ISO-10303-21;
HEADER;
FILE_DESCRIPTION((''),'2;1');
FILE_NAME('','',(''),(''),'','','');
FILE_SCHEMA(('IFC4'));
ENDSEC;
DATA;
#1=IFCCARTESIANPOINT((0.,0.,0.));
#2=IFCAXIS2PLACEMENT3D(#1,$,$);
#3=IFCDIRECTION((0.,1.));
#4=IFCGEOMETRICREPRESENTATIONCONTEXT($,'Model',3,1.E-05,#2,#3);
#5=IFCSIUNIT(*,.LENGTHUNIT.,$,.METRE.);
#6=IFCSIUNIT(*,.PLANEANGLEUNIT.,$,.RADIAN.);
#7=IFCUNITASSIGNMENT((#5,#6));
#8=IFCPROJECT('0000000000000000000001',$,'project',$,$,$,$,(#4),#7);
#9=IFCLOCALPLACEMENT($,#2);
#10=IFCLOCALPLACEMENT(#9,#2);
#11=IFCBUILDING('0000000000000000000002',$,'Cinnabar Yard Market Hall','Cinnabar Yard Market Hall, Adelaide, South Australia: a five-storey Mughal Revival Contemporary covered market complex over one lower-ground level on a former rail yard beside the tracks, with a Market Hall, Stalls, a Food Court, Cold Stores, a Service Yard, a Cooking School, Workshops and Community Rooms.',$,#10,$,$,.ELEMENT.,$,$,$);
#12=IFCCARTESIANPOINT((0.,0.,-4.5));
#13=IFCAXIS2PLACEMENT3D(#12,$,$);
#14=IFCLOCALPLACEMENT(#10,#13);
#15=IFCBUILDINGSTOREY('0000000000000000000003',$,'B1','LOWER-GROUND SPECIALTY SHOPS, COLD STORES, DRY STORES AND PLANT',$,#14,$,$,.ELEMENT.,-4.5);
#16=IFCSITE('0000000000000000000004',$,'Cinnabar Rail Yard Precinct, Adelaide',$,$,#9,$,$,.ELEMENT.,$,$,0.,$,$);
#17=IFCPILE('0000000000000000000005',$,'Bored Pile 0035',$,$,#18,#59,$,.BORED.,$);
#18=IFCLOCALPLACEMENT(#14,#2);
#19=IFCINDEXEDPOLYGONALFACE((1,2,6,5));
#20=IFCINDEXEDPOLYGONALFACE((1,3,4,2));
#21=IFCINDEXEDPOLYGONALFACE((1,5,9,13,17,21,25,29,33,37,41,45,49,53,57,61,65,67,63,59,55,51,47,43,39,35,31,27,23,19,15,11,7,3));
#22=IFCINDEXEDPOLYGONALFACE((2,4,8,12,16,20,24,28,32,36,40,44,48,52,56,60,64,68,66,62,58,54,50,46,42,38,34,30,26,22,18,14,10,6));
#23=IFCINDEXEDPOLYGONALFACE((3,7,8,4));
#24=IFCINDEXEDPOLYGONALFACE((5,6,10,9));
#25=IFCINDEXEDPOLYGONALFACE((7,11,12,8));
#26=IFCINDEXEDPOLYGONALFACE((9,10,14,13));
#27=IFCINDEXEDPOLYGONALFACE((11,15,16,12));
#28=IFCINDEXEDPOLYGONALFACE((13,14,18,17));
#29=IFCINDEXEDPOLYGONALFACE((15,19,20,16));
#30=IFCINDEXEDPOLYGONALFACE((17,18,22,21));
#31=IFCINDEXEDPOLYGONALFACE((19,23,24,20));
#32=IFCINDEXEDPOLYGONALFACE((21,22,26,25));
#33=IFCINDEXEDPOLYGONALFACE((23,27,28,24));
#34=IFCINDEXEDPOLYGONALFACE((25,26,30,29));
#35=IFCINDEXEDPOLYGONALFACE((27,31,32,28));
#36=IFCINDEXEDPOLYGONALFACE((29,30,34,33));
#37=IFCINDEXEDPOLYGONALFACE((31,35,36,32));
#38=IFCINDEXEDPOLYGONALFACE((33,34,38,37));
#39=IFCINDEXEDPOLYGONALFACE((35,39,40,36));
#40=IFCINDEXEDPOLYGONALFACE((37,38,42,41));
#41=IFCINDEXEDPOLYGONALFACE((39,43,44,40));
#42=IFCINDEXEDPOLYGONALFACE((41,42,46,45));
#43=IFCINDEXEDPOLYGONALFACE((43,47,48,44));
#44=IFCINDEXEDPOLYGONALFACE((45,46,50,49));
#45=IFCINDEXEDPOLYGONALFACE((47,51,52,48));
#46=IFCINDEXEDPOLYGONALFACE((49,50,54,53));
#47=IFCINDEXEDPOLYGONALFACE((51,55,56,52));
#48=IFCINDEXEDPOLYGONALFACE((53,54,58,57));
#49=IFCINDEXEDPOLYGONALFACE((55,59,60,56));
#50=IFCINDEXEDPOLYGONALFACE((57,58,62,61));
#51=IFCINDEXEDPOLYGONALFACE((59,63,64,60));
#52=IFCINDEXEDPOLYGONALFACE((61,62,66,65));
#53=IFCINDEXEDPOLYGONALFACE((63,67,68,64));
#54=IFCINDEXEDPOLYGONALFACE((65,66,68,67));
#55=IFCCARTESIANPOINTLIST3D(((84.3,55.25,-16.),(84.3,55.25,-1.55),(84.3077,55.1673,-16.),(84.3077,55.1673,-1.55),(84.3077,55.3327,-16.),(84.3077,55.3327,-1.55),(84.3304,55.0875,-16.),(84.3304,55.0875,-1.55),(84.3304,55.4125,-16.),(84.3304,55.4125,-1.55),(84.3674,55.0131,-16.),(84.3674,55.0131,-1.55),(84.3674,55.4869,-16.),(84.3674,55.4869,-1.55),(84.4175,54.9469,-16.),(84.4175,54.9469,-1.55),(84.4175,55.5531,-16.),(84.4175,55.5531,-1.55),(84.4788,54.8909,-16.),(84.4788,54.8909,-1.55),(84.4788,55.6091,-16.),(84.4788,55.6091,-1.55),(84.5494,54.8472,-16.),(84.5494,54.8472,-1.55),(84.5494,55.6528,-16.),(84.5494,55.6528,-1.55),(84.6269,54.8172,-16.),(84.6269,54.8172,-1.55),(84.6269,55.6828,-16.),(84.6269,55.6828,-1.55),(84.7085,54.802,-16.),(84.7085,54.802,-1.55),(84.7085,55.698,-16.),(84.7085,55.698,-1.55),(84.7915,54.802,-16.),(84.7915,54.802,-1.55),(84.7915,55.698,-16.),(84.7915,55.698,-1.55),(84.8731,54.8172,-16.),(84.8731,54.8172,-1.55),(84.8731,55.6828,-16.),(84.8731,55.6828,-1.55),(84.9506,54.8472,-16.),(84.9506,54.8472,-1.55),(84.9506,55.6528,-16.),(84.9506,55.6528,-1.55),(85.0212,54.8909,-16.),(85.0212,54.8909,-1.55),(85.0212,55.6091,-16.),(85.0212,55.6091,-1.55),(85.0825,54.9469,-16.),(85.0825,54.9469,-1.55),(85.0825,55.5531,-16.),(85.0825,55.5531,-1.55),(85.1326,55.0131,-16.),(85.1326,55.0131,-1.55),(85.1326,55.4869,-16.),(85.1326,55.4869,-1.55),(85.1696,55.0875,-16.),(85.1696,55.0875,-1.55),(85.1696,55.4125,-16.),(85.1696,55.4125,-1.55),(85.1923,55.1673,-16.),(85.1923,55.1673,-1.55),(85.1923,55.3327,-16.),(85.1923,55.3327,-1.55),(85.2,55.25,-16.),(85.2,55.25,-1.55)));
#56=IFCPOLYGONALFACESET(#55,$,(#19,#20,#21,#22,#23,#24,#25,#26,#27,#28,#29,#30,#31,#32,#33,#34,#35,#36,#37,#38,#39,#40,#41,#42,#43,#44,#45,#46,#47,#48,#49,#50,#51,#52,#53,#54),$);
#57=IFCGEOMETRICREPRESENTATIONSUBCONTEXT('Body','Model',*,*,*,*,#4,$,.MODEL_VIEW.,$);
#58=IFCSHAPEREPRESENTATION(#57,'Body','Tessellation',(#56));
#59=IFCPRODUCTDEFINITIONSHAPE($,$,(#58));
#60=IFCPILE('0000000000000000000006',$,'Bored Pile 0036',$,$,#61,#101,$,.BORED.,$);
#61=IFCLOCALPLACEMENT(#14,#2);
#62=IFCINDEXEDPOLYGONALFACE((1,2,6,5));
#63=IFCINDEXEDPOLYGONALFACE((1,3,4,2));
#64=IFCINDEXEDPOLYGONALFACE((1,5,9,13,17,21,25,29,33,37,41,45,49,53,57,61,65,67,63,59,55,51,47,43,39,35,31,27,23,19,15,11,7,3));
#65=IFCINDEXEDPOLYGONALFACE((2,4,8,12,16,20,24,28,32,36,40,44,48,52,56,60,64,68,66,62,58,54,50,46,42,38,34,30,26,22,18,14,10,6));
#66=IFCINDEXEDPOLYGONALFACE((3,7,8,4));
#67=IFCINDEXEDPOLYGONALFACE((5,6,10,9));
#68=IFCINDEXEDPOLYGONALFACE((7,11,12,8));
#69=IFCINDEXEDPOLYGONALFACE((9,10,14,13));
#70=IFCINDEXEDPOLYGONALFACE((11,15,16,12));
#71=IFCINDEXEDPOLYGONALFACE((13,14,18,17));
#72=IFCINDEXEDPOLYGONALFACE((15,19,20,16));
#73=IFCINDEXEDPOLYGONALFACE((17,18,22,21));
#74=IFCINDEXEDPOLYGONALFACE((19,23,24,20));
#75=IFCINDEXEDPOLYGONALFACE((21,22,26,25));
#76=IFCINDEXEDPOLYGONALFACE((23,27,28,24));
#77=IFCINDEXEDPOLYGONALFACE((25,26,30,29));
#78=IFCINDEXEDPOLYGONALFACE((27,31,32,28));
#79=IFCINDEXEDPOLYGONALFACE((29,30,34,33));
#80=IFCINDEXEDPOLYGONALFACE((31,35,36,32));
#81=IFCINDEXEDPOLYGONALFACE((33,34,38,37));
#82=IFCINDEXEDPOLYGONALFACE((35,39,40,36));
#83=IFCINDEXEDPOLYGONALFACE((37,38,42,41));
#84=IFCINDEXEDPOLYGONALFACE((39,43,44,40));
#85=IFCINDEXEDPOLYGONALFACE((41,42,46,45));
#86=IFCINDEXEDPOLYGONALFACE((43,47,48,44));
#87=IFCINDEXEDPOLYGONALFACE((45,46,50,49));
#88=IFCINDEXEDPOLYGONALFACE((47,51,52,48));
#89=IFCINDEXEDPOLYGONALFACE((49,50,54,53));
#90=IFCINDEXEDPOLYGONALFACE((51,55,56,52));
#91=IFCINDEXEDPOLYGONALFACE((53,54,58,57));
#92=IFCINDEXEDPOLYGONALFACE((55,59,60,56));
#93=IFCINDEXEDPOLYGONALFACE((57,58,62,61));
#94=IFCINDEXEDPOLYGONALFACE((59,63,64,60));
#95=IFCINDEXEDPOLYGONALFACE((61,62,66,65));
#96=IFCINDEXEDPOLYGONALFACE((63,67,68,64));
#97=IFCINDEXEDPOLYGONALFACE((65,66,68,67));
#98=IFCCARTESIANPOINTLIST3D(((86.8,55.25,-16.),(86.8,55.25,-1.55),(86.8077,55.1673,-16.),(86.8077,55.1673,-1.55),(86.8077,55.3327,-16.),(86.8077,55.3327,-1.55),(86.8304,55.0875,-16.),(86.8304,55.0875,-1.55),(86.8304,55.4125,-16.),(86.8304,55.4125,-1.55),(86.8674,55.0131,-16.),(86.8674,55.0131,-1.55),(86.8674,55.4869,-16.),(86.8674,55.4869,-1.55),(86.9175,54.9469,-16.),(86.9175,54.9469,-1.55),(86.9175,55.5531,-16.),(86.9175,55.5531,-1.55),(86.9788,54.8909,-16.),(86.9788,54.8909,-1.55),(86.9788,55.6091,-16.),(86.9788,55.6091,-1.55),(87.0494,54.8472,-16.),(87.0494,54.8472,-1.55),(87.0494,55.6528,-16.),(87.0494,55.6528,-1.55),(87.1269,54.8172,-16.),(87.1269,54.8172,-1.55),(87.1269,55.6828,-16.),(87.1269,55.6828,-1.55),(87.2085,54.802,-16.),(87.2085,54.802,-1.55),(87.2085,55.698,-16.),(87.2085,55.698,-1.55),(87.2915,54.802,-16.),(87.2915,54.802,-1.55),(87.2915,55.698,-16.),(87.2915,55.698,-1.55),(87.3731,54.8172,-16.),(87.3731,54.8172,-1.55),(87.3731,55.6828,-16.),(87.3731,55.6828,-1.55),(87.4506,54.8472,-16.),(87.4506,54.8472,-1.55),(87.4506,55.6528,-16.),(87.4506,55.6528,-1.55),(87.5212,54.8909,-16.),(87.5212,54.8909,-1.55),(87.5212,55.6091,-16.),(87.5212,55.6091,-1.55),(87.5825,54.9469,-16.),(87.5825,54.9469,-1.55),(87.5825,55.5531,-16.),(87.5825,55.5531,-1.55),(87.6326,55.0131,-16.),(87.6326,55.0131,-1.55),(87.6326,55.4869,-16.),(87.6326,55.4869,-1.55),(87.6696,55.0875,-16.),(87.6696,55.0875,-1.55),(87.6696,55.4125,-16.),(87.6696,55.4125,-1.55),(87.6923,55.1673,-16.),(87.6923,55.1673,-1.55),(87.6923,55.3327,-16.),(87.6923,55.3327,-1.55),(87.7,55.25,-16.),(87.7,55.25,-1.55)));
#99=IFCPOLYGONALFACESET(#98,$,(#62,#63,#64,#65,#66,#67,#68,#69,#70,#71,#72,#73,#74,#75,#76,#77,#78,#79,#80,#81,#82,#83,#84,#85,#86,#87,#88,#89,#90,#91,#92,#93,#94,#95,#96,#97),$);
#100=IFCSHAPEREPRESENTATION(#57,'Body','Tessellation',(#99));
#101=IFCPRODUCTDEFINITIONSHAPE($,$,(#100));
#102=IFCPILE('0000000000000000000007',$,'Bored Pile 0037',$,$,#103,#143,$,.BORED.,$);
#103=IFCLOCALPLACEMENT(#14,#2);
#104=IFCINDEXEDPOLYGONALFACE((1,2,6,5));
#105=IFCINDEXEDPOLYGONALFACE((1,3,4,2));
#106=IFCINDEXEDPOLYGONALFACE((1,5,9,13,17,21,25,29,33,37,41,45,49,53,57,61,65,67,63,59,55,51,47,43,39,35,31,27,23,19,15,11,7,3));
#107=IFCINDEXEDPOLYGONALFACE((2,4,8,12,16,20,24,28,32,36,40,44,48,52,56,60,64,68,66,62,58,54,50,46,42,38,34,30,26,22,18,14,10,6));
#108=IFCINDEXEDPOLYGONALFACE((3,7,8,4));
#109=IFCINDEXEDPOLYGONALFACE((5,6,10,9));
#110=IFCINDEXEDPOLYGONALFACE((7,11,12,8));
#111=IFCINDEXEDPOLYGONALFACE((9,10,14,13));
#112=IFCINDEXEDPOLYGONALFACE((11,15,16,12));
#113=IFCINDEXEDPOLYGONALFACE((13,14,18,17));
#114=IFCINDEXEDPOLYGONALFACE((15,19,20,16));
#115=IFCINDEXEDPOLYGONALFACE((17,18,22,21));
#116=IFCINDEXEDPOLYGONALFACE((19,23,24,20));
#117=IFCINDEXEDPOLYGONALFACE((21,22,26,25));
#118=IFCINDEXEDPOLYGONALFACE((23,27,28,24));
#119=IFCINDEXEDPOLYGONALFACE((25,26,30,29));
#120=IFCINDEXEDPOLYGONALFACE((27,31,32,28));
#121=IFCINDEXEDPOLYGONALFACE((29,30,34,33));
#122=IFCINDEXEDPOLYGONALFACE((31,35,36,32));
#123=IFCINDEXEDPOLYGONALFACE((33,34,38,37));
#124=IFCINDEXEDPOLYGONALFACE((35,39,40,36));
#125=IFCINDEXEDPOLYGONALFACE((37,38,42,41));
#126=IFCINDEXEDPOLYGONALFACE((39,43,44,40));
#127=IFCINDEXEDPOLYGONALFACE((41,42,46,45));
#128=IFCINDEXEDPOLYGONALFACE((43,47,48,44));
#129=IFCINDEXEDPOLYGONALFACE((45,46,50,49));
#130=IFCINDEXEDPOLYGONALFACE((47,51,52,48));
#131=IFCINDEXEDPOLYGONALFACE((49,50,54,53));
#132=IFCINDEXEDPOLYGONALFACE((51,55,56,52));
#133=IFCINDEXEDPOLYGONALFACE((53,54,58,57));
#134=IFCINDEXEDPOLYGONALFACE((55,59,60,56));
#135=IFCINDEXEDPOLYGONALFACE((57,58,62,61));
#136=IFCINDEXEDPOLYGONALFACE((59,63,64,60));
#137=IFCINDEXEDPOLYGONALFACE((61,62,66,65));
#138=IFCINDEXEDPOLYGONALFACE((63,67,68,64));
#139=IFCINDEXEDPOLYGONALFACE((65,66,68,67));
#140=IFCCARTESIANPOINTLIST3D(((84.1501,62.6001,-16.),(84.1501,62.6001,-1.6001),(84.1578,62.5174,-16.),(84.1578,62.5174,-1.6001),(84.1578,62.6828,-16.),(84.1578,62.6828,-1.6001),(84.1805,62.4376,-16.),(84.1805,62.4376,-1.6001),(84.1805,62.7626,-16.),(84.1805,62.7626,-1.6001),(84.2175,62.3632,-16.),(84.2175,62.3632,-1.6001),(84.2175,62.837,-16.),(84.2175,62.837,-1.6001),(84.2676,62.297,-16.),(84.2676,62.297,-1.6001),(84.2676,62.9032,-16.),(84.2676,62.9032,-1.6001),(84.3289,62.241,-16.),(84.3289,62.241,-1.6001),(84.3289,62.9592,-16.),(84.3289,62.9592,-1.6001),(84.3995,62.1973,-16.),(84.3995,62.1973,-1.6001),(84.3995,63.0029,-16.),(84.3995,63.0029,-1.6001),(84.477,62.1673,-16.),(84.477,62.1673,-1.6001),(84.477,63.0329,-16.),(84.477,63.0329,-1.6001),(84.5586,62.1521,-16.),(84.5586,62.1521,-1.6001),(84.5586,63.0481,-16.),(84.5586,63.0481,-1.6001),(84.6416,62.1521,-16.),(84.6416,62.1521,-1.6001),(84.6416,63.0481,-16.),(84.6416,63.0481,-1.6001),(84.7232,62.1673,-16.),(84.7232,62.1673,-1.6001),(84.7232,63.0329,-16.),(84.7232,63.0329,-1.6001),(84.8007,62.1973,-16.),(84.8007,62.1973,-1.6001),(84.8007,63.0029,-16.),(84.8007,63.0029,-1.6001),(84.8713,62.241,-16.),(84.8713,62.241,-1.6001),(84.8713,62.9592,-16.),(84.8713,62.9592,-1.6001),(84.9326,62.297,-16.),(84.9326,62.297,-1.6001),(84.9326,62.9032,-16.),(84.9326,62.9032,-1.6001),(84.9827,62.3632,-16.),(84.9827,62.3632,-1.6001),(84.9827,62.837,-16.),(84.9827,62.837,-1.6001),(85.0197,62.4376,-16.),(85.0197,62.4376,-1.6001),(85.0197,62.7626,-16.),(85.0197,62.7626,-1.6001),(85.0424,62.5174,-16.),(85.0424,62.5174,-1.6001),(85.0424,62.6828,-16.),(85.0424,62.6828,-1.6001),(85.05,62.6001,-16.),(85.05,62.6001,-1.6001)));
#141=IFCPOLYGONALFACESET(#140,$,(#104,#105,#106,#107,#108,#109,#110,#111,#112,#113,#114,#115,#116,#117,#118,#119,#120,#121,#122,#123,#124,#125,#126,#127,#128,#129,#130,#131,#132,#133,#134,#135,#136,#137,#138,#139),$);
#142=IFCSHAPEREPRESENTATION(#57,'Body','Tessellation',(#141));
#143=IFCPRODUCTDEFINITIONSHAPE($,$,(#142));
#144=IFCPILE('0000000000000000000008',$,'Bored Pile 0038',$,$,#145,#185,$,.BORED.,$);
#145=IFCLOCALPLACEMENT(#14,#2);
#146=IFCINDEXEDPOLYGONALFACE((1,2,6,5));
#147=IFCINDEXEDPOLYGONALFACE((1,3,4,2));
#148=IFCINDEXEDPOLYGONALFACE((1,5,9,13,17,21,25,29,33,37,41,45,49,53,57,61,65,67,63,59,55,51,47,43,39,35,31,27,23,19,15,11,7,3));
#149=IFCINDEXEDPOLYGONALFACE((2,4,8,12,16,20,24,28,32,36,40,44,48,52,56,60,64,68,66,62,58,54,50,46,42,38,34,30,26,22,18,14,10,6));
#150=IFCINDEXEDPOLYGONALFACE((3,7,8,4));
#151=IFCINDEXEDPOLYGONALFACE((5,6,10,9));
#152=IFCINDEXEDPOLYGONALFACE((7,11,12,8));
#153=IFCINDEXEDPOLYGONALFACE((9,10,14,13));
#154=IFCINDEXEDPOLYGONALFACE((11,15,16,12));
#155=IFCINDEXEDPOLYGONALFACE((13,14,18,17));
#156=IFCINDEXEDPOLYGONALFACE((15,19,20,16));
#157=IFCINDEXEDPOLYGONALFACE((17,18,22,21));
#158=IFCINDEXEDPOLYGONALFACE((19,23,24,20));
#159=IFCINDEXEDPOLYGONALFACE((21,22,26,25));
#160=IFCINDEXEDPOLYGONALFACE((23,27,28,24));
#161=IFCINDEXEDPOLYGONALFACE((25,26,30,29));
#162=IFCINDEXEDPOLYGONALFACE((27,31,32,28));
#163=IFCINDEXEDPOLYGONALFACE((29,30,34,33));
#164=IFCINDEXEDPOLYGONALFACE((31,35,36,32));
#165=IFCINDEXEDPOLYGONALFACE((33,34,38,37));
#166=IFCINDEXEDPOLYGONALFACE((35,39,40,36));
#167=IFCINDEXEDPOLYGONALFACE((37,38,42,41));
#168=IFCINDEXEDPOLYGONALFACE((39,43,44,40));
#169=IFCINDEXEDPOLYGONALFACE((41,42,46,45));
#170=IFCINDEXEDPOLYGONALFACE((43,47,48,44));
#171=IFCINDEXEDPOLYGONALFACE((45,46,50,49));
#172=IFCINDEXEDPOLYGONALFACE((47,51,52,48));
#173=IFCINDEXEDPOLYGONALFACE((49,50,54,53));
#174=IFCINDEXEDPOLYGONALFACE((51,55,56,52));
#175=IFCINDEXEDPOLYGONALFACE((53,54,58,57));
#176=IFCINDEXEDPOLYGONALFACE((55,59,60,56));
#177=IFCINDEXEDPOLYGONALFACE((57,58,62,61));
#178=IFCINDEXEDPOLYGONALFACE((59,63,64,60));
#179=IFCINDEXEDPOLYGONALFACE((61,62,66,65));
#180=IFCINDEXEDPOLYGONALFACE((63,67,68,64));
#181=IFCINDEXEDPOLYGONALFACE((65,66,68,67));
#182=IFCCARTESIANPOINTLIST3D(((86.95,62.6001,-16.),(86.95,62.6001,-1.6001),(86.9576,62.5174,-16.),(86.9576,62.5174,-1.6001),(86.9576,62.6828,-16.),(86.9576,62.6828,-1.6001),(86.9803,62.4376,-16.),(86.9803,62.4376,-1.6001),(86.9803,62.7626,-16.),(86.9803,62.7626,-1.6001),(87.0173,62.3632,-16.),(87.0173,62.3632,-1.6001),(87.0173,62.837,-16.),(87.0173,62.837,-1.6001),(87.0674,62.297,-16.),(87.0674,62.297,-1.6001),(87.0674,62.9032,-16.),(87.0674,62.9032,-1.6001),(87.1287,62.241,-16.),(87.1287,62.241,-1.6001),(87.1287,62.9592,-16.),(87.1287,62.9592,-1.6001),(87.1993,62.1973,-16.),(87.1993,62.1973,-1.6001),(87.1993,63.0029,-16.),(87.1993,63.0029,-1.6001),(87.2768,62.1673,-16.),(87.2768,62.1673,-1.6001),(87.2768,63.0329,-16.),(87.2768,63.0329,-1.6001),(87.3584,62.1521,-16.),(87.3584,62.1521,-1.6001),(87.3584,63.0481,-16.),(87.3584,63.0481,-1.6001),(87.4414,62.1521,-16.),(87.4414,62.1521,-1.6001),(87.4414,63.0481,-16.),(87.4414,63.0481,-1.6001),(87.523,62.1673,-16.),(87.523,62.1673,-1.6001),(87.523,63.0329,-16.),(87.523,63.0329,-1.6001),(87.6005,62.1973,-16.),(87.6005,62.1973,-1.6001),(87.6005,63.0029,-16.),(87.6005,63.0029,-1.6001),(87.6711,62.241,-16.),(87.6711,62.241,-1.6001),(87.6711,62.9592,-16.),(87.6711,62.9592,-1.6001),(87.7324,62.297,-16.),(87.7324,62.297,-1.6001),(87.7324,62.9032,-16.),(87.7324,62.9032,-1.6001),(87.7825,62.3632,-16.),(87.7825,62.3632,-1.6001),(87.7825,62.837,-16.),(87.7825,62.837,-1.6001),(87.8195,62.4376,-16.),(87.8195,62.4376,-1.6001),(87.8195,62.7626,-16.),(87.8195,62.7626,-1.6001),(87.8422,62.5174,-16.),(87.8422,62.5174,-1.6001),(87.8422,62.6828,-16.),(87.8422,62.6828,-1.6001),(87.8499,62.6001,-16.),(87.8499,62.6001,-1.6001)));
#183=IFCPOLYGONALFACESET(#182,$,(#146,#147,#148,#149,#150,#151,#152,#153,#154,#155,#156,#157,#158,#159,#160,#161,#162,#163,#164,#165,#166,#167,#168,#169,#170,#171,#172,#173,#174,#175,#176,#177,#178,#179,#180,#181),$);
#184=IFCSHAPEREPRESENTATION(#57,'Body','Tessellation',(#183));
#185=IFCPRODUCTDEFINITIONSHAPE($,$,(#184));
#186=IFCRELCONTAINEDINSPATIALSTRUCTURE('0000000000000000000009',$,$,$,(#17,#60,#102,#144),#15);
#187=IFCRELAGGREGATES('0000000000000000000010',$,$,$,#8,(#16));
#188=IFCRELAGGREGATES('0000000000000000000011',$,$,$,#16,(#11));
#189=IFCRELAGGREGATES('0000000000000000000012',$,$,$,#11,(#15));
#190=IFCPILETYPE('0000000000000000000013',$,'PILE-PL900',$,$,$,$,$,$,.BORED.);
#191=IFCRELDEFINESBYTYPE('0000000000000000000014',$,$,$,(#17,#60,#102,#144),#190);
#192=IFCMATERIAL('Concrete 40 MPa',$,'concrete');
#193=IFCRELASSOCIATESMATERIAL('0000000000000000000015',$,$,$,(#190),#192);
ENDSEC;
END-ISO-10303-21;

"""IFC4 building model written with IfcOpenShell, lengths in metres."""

from ifc_helpers import new_model, si_unit, direction, frame, origin, origin_2d_with_axis, place, context, subcontext, project, spatial, circle, extrude, material, material_profile, profile_set, type_object, element, save


model = new_model("IFC4")

# Units and contexts
model_context = context("Model", 3, precision=1e-05, world=origin(), true_north=direction((0.0, 1.0)))
body_context = subcontext(model_context, "Body", "Model", "MODEL_VIEW")
ifc_project = project(units=[si_unit("LENGTHUNIT", "METRE"), si_unit("PLANEANGLEUNIT", "RADIAN")], contexts=[model_context])

# Site, building, storey
site_placement = place(None, origin())
site = spatial("IfcSite", under=ifc_project, at=site_placement, Name="Cinnabar Rail Yard Precinct, Adelaide", CompositionType="ELEMENT", RefElevation=0.0)
building_placement = place(site_placement, origin())
building = spatial("IfcBuilding", under=site, at=building_placement, Name="Cinnabar Yard Market Hall", Description="Cinnabar Yard Market Hall, Adelaide, South Australia: a five-storey Mughal Revival Contemporary covered market complex over one lower-ground level on a former rail yard beside the tracks, with a Market Hall, Stalls, a Food Court, Cold Stores, a Service Yard, a Cooking School, Workshops and Community Rooms.", CompositionType="ELEMENT")
storey_placement = place(building_placement, frame((0.0, 0.0, -4.5)))
storey = spatial("IfcBuildingStorey", under=building, at=storey_placement, Name="B1", Description="LOWER-GROUND SPECIALTY SHOPS, COLD STORES, DRY STORES AND PLANT", CompositionType="ELEMENT", Elevation=-4.5)

# Shared definitions
ifc_material_1 = material(Name="Concrete 40 MPa", Category="concrete")

# Piles
ifc_material_profile_1 = material_profile(ifc_material_1, circle(Radius=0.45, at=origin_2d_with_axis()), Name="PILE-D900")
ifc_profile_set_1 = profile_set([ifc_material_profile_1], Name="Concrete 40 MPa")
pile_type_1 = type_object("IfcPileType", Name="PILE-PL900", PredefinedType="BORED", material=ifc_profile_set_1)
for number, where, z_axis, x_axis, name in (
    (1, (84.75, 55.25, -1.55), (0.0, 0.0, -1.0), (1.0, 0.0, 0.0), "Bored Pile 0035"),
    (2, (87.25, 55.25, -1.55), (0.0, 0.0, -1.0), (1.0, 0.0, 0.0), "Bored Pile 0036"),
):
    element("IfcPile", number, at=place(storey_placement, frame(where, z_axis=z_axis, x_axis=x_axis)), inside=storey, type_object=pile_type_1, Name=name, PredefinedType="BORED", context=body_context, shape_type="SweptSolid", body=[
        extrude(circle(Radius=0.45, at=origin_2d_with_axis()), origin(), (0.0, 0.0, 1.0), 14.45),
    ])
for number, where, z_axis, x_axis, name in (
    (3, (84.6001, 62.6001, -1.6001), (0.0, 0.0, -1.0), (1.0, 0.0, 0.0), "Bored Pile 0037"),
    (4, (87.3999, 62.6001, -1.6001), (0.0, 0.0, -1.0), (1.0, 0.0, 0.0), "Bored Pile 0038"),
):
    element("IfcPile", number, at=place(storey_placement, frame(where, z_axis=z_axis, x_axis=x_axis)), inside=storey, type_object=pile_type_1, Name=name, PredefinedType="BORED", context=body_context, shape_type="SweptSolid", body=[
        extrude(circle(Radius=0.45, at=origin_2d_with_axis()), origin(), (0.0, 0.0, 1.0), 14.3999),
    ])

save(model, "model.ifc")
